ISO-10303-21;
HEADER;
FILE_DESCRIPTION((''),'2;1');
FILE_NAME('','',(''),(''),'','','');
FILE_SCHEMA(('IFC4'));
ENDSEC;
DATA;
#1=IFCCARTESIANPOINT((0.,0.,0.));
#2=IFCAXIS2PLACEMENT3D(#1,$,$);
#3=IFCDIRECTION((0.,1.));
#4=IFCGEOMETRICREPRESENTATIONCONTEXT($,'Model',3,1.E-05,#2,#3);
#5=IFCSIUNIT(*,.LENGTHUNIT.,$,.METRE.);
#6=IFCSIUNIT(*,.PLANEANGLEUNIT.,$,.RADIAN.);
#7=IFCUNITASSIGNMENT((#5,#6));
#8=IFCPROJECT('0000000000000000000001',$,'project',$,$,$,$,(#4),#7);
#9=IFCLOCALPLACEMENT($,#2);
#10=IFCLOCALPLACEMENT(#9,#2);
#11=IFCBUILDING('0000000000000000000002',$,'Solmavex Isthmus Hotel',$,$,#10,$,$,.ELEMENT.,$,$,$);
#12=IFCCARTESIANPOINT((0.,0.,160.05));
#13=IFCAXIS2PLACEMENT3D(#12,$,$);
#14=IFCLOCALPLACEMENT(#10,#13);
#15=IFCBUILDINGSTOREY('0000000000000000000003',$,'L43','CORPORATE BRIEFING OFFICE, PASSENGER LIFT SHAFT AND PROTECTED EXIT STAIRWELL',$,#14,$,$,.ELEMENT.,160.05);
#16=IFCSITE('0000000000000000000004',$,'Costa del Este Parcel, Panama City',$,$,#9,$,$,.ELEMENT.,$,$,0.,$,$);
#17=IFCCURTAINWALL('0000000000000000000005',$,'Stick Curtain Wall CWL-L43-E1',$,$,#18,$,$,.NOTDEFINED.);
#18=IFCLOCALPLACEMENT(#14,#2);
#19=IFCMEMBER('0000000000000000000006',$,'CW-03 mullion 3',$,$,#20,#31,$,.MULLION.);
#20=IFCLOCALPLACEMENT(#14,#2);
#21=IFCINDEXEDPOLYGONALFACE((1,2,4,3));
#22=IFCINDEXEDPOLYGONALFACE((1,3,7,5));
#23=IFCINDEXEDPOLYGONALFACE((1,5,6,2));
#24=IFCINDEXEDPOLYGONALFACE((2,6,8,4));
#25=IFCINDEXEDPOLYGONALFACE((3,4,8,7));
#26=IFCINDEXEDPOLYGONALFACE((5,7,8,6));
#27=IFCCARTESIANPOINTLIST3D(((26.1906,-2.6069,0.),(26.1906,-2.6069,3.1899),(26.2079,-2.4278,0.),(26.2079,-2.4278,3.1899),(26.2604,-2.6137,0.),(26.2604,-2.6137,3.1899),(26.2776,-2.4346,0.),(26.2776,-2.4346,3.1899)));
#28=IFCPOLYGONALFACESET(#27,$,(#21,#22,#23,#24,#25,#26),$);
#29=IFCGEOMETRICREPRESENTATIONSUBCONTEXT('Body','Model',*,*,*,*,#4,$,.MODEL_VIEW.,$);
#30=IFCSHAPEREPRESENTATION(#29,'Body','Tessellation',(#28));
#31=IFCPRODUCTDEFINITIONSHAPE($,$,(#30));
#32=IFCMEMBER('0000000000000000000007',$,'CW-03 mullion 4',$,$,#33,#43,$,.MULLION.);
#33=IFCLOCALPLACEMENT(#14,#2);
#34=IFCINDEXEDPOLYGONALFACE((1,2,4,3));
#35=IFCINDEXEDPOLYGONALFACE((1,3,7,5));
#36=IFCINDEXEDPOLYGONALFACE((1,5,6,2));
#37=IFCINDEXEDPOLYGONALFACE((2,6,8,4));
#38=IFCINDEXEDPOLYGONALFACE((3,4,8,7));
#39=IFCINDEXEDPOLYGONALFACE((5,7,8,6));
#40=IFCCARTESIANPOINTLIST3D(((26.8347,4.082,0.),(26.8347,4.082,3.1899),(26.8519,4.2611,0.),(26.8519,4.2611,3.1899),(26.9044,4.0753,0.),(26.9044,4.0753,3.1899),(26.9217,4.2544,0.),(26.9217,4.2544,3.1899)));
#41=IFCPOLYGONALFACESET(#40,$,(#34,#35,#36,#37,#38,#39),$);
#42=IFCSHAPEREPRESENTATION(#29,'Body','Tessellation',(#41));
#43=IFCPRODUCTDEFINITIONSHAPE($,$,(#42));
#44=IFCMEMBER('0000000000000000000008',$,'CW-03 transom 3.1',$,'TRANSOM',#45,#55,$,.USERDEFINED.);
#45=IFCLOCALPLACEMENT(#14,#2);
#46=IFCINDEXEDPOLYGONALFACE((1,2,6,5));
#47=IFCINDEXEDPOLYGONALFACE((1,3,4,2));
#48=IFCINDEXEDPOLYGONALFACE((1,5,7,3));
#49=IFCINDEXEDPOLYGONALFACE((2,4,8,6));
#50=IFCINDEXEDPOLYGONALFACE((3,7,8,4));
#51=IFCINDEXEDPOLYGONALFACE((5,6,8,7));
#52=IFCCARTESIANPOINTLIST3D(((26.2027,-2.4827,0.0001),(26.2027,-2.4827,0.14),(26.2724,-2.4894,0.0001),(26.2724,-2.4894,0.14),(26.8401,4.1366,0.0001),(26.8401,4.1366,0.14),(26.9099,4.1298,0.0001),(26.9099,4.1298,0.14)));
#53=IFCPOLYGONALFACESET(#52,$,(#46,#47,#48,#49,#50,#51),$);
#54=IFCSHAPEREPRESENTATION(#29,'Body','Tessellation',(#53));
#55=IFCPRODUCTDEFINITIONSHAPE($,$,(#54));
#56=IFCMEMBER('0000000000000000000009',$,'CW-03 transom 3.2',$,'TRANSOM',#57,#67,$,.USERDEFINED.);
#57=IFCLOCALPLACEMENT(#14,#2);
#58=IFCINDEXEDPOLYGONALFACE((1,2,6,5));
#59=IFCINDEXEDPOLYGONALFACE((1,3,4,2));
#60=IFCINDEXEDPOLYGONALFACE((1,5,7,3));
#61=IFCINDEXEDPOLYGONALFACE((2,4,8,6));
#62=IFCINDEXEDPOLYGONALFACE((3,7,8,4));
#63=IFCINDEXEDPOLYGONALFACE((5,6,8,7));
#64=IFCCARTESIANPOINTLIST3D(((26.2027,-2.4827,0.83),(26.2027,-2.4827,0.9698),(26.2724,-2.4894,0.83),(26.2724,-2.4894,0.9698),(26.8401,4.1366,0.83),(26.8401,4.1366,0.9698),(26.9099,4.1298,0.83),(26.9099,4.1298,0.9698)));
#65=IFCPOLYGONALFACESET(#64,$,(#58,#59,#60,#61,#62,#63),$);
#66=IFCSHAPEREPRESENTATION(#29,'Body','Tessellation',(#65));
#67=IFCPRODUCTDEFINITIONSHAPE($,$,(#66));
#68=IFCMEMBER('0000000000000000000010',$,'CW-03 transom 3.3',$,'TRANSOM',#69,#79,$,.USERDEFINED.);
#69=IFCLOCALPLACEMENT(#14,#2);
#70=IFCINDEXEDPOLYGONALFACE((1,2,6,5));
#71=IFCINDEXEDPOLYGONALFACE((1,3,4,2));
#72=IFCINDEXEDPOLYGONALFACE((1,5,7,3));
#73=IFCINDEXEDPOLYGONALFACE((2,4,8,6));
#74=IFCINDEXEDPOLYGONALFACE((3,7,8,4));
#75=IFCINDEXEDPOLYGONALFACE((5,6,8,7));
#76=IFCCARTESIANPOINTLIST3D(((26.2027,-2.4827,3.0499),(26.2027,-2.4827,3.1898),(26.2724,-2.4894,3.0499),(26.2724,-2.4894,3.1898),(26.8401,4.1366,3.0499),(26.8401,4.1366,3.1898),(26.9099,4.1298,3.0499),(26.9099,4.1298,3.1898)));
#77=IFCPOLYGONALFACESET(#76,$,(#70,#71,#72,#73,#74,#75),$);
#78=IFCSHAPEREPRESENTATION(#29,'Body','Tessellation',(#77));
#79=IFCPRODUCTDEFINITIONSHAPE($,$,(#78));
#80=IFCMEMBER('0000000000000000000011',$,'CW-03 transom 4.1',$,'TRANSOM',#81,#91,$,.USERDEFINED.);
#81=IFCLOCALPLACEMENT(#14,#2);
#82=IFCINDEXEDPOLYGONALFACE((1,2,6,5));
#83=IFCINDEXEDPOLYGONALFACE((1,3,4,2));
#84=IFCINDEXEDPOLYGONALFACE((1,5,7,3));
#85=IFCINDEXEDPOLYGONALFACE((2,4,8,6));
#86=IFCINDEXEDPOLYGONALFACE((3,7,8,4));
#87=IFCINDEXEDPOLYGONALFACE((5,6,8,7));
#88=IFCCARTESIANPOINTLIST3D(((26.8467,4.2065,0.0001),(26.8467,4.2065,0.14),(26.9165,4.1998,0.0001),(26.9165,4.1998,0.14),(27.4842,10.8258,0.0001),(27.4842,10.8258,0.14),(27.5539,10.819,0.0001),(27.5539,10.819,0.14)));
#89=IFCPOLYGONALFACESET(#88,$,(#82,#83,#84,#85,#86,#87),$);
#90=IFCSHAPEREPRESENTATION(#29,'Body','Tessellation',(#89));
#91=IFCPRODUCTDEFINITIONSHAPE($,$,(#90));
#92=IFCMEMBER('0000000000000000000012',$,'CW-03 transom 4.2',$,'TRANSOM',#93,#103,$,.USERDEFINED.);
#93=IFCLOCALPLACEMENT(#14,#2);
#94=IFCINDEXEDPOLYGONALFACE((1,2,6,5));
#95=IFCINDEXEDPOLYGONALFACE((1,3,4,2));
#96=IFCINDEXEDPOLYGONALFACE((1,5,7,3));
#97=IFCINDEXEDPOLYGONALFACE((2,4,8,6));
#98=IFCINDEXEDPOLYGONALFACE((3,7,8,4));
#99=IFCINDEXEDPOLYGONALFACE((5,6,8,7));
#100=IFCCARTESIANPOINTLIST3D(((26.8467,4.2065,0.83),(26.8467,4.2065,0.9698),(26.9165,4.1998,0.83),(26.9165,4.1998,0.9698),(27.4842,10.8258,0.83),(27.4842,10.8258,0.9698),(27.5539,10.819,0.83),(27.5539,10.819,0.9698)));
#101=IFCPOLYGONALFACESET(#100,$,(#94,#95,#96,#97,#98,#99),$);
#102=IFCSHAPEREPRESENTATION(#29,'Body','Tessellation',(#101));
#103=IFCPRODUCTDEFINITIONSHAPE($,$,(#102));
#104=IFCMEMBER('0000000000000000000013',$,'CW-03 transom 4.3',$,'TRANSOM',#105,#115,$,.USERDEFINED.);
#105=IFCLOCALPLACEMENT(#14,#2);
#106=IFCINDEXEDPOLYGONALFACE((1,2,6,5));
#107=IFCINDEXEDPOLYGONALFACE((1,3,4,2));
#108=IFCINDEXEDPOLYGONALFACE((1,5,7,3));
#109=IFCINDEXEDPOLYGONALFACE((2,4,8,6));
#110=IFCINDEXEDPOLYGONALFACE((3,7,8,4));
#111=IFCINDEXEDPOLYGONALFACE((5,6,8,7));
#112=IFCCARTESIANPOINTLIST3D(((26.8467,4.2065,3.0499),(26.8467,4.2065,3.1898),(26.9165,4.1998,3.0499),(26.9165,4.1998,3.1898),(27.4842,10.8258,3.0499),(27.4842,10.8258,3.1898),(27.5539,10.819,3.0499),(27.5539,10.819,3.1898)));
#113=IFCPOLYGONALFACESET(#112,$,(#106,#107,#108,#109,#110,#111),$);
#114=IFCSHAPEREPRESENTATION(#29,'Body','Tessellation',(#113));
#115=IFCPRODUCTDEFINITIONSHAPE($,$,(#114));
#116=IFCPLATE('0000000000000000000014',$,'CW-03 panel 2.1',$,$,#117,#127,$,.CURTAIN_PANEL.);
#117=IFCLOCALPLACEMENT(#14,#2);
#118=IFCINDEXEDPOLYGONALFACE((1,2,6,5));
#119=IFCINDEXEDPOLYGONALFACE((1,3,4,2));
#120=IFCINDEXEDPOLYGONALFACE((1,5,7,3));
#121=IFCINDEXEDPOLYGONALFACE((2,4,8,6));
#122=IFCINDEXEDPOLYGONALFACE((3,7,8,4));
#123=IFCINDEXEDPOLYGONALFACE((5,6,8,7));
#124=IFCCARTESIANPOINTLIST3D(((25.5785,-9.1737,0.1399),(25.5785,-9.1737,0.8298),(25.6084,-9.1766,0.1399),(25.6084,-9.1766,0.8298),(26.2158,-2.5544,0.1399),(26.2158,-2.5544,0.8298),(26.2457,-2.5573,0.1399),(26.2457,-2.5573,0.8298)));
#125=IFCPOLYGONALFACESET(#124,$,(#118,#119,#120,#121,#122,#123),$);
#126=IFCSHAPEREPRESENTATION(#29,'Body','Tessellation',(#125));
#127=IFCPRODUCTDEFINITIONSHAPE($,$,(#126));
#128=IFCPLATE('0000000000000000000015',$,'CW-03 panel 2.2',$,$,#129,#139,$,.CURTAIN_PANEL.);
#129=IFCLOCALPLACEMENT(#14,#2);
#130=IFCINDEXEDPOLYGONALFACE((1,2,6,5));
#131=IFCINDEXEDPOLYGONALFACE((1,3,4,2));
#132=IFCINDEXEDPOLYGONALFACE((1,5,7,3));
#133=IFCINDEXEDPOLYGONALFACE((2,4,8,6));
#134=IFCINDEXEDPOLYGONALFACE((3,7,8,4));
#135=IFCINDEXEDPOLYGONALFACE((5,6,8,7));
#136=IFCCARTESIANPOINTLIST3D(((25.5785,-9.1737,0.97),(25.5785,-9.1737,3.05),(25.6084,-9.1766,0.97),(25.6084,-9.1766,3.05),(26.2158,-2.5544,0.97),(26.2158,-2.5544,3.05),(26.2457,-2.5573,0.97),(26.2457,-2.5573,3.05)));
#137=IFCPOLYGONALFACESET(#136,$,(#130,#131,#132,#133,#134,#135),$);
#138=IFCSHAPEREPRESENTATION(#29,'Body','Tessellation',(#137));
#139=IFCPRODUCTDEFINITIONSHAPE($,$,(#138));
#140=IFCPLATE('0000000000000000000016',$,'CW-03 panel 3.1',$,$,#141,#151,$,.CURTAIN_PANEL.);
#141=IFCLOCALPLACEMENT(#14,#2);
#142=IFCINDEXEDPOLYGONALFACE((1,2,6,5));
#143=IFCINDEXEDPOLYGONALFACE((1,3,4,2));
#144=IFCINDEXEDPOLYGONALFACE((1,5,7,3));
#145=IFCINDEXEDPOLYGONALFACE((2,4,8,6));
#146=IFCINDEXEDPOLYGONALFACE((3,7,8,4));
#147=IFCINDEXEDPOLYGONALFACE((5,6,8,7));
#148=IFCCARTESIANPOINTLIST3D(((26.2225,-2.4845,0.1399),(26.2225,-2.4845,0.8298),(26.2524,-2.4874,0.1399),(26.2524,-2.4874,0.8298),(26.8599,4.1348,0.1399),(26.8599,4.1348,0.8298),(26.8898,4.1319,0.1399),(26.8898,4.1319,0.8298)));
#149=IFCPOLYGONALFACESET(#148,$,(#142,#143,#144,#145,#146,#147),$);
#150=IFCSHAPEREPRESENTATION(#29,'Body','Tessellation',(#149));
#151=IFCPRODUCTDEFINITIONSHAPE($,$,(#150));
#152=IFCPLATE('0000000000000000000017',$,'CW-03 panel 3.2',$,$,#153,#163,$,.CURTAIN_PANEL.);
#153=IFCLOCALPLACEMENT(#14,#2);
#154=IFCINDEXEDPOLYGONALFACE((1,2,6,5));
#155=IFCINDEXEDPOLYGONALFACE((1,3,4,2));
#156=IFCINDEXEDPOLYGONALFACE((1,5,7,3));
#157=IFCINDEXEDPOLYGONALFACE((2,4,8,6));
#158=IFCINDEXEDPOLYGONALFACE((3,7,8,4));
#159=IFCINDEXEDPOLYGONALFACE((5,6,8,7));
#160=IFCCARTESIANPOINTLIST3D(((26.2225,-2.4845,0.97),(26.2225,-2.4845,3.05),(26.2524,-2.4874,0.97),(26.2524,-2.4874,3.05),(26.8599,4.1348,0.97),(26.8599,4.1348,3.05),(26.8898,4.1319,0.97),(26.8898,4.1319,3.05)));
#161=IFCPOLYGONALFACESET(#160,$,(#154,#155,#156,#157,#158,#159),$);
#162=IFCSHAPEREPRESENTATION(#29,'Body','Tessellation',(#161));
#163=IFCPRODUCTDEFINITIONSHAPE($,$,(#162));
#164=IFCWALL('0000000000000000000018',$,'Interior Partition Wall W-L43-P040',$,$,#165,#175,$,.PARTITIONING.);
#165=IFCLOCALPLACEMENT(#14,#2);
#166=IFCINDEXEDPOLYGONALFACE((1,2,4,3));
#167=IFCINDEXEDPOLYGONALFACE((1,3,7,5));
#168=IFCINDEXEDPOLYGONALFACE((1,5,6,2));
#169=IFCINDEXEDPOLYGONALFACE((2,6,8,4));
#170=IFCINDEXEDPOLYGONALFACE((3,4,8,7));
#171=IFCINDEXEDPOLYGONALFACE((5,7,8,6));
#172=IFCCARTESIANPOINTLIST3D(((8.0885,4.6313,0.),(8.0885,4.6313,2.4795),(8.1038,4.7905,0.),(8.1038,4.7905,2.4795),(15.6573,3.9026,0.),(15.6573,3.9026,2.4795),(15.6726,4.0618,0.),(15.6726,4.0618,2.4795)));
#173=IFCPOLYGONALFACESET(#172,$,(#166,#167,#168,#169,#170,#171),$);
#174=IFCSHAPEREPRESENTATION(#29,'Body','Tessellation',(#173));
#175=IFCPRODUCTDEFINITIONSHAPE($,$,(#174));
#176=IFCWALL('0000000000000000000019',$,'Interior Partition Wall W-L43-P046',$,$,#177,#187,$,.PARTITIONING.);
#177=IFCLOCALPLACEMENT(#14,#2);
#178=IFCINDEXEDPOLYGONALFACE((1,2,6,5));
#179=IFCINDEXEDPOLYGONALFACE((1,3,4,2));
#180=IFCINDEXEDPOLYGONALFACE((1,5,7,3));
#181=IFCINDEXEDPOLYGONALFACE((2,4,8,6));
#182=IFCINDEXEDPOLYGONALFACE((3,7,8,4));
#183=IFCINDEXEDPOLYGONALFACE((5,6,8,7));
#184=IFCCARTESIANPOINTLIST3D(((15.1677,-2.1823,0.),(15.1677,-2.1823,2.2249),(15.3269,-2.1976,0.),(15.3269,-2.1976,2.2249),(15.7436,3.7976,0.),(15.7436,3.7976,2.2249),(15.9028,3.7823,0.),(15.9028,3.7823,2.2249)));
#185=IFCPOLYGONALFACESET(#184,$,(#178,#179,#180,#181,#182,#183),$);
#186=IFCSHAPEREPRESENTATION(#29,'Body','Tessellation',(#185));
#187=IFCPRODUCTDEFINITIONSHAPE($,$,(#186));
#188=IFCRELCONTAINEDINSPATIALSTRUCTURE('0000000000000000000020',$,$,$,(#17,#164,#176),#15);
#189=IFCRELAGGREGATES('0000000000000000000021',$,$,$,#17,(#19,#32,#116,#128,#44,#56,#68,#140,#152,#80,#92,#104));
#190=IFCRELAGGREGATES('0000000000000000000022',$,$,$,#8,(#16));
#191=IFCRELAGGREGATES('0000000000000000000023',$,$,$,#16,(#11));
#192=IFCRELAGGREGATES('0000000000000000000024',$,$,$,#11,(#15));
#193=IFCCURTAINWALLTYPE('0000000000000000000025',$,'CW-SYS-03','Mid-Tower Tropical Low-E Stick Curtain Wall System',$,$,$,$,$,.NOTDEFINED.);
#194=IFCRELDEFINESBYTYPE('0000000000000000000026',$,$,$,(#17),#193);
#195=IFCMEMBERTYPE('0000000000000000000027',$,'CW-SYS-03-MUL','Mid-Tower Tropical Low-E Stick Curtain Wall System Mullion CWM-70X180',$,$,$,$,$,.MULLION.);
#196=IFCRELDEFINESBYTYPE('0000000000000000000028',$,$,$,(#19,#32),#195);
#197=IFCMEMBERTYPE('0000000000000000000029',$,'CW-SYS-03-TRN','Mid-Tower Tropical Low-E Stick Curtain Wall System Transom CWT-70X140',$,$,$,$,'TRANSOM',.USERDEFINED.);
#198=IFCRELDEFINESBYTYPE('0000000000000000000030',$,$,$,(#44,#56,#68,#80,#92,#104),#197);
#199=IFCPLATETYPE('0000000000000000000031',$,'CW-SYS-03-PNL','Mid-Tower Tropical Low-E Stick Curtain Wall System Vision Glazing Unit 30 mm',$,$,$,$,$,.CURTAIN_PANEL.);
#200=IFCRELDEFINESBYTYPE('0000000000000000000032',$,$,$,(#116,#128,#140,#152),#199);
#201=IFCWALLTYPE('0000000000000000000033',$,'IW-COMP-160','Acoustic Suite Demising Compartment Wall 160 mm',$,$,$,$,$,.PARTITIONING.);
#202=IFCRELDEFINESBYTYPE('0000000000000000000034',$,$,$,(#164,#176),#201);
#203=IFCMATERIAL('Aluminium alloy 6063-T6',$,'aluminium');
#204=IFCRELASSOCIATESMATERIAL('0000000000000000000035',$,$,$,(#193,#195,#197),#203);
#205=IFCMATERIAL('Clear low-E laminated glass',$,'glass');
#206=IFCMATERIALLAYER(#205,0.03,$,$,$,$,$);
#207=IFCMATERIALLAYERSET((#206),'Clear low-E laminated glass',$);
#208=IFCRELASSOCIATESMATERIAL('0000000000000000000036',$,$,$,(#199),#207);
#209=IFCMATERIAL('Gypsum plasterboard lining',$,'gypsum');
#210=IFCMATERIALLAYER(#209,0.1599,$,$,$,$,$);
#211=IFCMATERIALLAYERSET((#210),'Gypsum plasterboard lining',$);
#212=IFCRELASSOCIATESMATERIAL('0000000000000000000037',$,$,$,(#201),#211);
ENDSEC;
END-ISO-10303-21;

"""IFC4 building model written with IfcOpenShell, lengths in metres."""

from ifc_helpers import new_model, si_unit, direction, frame, frame_2d, origin, origin_2d, place, context, subcontext, project, spatial, rectangle, extrude, material, layer, layer_set, material_profile, profile_set, type_object, element, aggregate, save


model = new_model("IFC4")

# Units and contexts
model_context = context("Model", 3, precision=1e-05, world=origin(), true_north=direction((0.0, 1.0)))
body_context = subcontext(model_context, "Body", "Model", "MODEL_VIEW")
ifc_project = project(units=[si_unit("LENGTHUNIT", "METRE"), si_unit("PLANEANGLEUNIT", "RADIAN")], contexts=[model_context])

# Site, building, storey
site_placement = place(None, origin())
site = spatial("IfcSite", under=ifc_project, at=site_placement, Name="Costa del Este Parcel, Panama City", CompositionType="ELEMENT", RefElevation=0.0)
building_placement = place(site_placement, origin())
building = spatial("IfcBuilding", under=site, at=building_placement, Name="Solmavex Isthmus Hotel", CompositionType="ELEMENT")
storey_placement = place(building_placement, frame((0.0, 0.0, 160.05)))
storey = spatial("IfcBuildingStorey", under=building, at=storey_placement, Name="L43", Description="CORPORATE BRIEFING OFFICE, PASSENGER LIFT SHAFT AND PROTECTED EXIT STAIRWELL", CompositionType="ELEMENT", Elevation=160.05)

# Curtain wall, members, plates
ifc_material_1 = material(Name="Aluminium alloy 6063-T6", Category="aluminium")
curtain_wall_type = type_object("IfcCurtainWallType", Name="CW-SYS-03", Description="Mid-Tower Tropical Low-E Stick Curtain Wall System", PredefinedType="NOTDEFINED", material=ifc_material_1)
curtain_wall_placement = place(storey_placement, origin())
curtain_wall = element("IfcCurtainWall", 1, at=curtain_wall_placement, inside=storey, type_object=curtain_wall_type, Name="Stick Curtain Wall CWL-L43-E1", PredefinedType="NOTDEFINED")
ifc_material_profile_1 = material_profile(ifc_material_1, rectangle(XDim=0.0701, YDim=0.1799, at=origin_2d()), Name="CWM-70X180")
ifc_profile_set_1 = profile_set([ifc_material_profile_1], Name="Aluminium alloy 6063-T6")
member_type_1 = type_object("IfcMemberType", Name="CW-SYS-03-MUL", Description="Mid-Tower Tropical Low-E Stick Curtain Wall System Mullion CWM-70X180", PredefinedType="MULLION", material=ifc_profile_set_1)
member_1_placement = place(storey_placement, frame((26.2341, -2.5208, 0.0), z_axis=(0.0, 0.0, 1.0), x_axis=(-0.995396, 0.095846, 0.0)))
member_1 = element("IfcMember", 2, at=member_1_placement, type_object=member_type_1, Name="CW-03 mullion 3", PredefinedType="MULLION", context=body_context, shape_type="SweptSolid", body=[
    extrude(rectangle(XDim=0.0701, YDim=0.1799, at=origin_2d()), origin(), (0.0, 0.0, 1.0), 3.1899),
])
member_2_placement = place(storey_placement, frame((26.8782, 4.1682, 0.0), z_axis=(0.0, 0.0, 1.0), x_axis=(-0.995396, 0.095846, 0.0)))
member_2 = element("IfcMember", 3, at=member_2_placement, type_object=member_type_1, Name="CW-03 mullion 4", PredefinedType="MULLION", context=body_context, shape_type="SweptSolid", body=[
    extrude(rectangle(XDim=0.0701, YDim=0.1799, at=origin_2d()), origin(), (0.0, 0.0, 1.0), 3.1899),
])
ifc_material_profile_2 = material_profile(ifc_material_1, rectangle(XDim=0.0701, YDim=0.1399, at=origin_2d()), Name="CWT-70X140")
ifc_profile_set_2 = profile_set([ifc_material_profile_2], Name="Aluminium alloy 6063-T6")
member_type_2 = type_object("IfcMemberType", Name="CW-SYS-03-TRN", Description="Mid-Tower Tropical Low-E Stick Curtain Wall System Transom CWT-70X140", ElementType="TRANSOM", PredefinedType="USERDEFINED", material=ifc_profile_set_2)
member_3_placement = place(storey_placement, frame((26.2375, -2.4861, 0.0701), z_axis=(0.095857, 0.995395, 0.0), x_axis=(-0.995395, 0.095857, 0.0)))
member_3 = element("IfcMember", 4, at=member_3_placement, type_object=member_type_2, Name="CW-03 transom 3.1", ObjectType="TRANSOM", PredefinedType="USERDEFINED", context=body_context, shape_type="SweptSolid", body=[
    extrude(rectangle(XDim=0.0701, YDim=0.1399, at=origin_2d()), origin(), (0.0, 0.0, 1.0), 6.6499),
])
member_4_placement = place(storey_placement, frame((26.2375, -2.4861, 0.8999), z_axis=(0.095857, 0.995395, 0.0), x_axis=(-0.995395, 0.095857, 0.0)))
member_4 = element("IfcMember", 5, at=member_4_placement, type_object=member_type_2, Name="CW-03 transom 3.2", ObjectType="TRANSOM", PredefinedType="USERDEFINED", context=body_context, shape_type="SweptSolid", body=[
    extrude(rectangle(XDim=0.0701, YDim=0.1399, at=origin_2d()), origin(), (0.0, 0.0, 1.0), 6.6499),
])
member_5_placement = place(storey_placement, frame((26.2375, -2.4861, 3.1199), z_axis=(0.095857, 0.995395, 0.0), x_axis=(-0.995395, 0.095857, 0.0)))
member_5 = element("IfcMember", 6, at=member_5_placement, type_object=member_type_2, Name="CW-03 transom 3.3", ObjectType="TRANSOM", PredefinedType="USERDEFINED", context=body_context, shape_type="SweptSolid", body=[
    extrude(rectangle(XDim=0.0701, YDim=0.1399, at=origin_2d()), origin(), (0.0, 0.0, 1.0), 6.6499),
])
member_6_placement = place(storey_placement, frame((26.8816, 4.2031, 0.0701), z_axis=(0.095857, 0.995395, 0.0), x_axis=(-0.995395, 0.095857, 0.0)))
member_6 = element("IfcMember", 7, at=member_6_placement, type_object=member_type_2, Name="CW-03 transom 4.1", ObjectType="TRANSOM", PredefinedType="USERDEFINED", context=body_context, shape_type="SweptSolid", body=[
    extrude(rectangle(XDim=0.0701, YDim=0.1399, at=origin_2d()), origin(), (0.0, 0.0, 1.0), 6.6499),
])
member_7_placement = place(storey_placement, frame((26.8816, 4.2031, 0.8999), z_axis=(0.095857, 0.995395, 0.0), x_axis=(-0.995395, 0.095857, 0.0)))
member_7 = element("IfcMember", 8, at=member_7_placement, type_object=member_type_2, Name="CW-03 transom 4.2", ObjectType="TRANSOM", PredefinedType="USERDEFINED", context=body_context, shape_type="SweptSolid", body=[
    extrude(rectangle(XDim=0.0701, YDim=0.1399, at=origin_2d()), origin(), (0.0, 0.0, 1.0), 6.6499),
])
member_8_placement = place(storey_placement, frame((26.8816, 4.2031, 3.1199), z_axis=(0.095857, 0.995395, 0.0), x_axis=(-0.995395, 0.095857, 0.0)))
member_8 = element("IfcMember", 9, at=member_8_placement, type_object=member_type_2, Name="CW-03 transom 4.3", ObjectType="TRANSOM", PredefinedType="USERDEFINED", context=body_context, shape_type="SweptSolid", body=[
    extrude(rectangle(XDim=0.0701, YDim=0.1399, at=origin_2d()), origin(), (0.0, 0.0, 1.0), 6.6499),
])
ifc_material_2 = material(Name="Clear low-E laminated glass", Category="glass")
ifc_layer_1 = layer(ifc_material_2, 0.03)
ifc_layer_set_1 = layer_set([ifc_layer_1], Name="Clear low-E laminated glass")
plate_type = type_object("IfcPlateType", Name="CW-SYS-03-PNL", Description="Mid-Tower Tropical Low-E Stick Curtain Wall System Vision Glazing Unit 30 mm", PredefinedType="CURTAIN_PANEL", material=ifc_layer_set_1)
plate_1_placement = place(storey_placement, frame((25.9121, -5.8655, 0.1399), z_axis=(0.0, 0.0, 1.0), x_axis=(0.095846, 0.995396, 0.0)))
plate_1 = element("IfcPlate", 10, at=plate_1_placement, type_object=plate_type, Name="CW-03 panel 2.1", PredefinedType="CURTAIN_PANEL", context=body_context, shape_type="SweptSolid", body=[
    extrude(rectangle(XDim=6.6499, YDim=0.03, at=origin_2d()), origin(), (0.0, 0.0, 1.0), 0.6899),
])
plate_2_placement = place(storey_placement, frame((25.9121, -5.8655, 0.97), z_axis=(0.0, 0.0, 1.0), x_axis=(0.095846, 0.995396, 0.0)))
plate_2 = element("IfcPlate", 11, at=plate_2_placement, type_object=plate_type, Name="CW-03 panel 2.2", PredefinedType="CURTAIN_PANEL", context=body_context, shape_type="SweptSolid", body=[
    extrude(rectangle(XDim=6.6499, YDim=0.03, at=origin_2d()), origin(), (0.0, 0.0, 1.0), 2.0801),
])
plate_3_placement = place(storey_placement, frame((26.5562, 0.8237, 0.1399), z_axis=(0.0, 0.0, 1.0), x_axis=(0.095846, 0.995396, 0.0)))
plate_3 = element("IfcPlate", 12, at=plate_3_placement, type_object=plate_type, Name="CW-03 panel 3.1", PredefinedType="CURTAIN_PANEL", context=body_context, shape_type="SweptSolid", body=[
    extrude(rectangle(XDim=6.6499, YDim=0.03, at=origin_2d()), origin(), (0.0, 0.0, 1.0), 0.6899),
])
plate_4_placement = place(storey_placement, frame((26.5562, 0.8237, 0.97), z_axis=(0.0, 0.0, 1.0), x_axis=(0.095846, 0.995396, 0.0)))
plate_4 = element("IfcPlate", 13, at=plate_4_placement, type_object=plate_type, Name="CW-03 panel 3.2", PredefinedType="CURTAIN_PANEL", context=body_context, shape_type="SweptSolid", body=[
    extrude(rectangle(XDim=6.6499, YDim=0.03, at=origin_2d()), origin(), (0.0, 0.0, 1.0), 2.0801),
])
aggregate(curtain_wall, [member_1, member_2, plate_1, plate_2, member_3, member_4, member_5, plate_3, plate_4, member_6, member_7, member_8])

# Walls
ifc_material_3 = material(Name="Gypsum plasterboard lining", Category="gypsum")
ifc_layer_2 = layer(ifc_material_3, 0.1599)
ifc_layer_set_2 = layer_set([ifc_layer_2], Name="Gypsum plasterboard lining")
wall_type = type_object("IfcWallType", Name="IW-COMP-160", Description="Acoustic Suite Demising Compartment Wall 160 mm", PredefinedType="PARTITIONING", material=ifc_layer_set_2)
wall_1_placement = place(storey_placement, frame((15.6648, 3.9822, 0.0), z_axis=(0.0, 0.0, 1.0), x_axis=(-0.995397, 0.095841, 0.0)))
element("IfcWall", 14, at=wall_1_placement, inside=storey, type_object=wall_type, Name="Interior Partition Wall W-L43-P040", PredefinedType="PARTITIONING", context=body_context, shape_type="SweptSolid", body=[
    extrude(rectangle(XDim=7.6038, YDim=0.1599, at=frame_2d((3.8018, 0.0))), origin(), (0.0, 0.0, 1.0), 2.4795),
])
wall_2_placement = place(storey_placement, frame((15.8232, 3.79, 0.0), z_axis=(0.0, 0.0, 1.0), x_axis=(-0.095866, -0.995394, 0.0)))
element("IfcWall", 15, at=wall_2_placement, inside=storey, type_object=wall_type, Name="Interior Partition Wall W-L43-P046", PredefinedType="PARTITIONING", context=body_context, shape_type="SweptSolid", body=[
    extrude(rectangle(XDim=6.0076, YDim=0.1599, at=frame_2d((3.0039, 0.0))), origin(), (0.0, 0.0, 1.0), 2.2249),
])

save(model, "model.ifc")
